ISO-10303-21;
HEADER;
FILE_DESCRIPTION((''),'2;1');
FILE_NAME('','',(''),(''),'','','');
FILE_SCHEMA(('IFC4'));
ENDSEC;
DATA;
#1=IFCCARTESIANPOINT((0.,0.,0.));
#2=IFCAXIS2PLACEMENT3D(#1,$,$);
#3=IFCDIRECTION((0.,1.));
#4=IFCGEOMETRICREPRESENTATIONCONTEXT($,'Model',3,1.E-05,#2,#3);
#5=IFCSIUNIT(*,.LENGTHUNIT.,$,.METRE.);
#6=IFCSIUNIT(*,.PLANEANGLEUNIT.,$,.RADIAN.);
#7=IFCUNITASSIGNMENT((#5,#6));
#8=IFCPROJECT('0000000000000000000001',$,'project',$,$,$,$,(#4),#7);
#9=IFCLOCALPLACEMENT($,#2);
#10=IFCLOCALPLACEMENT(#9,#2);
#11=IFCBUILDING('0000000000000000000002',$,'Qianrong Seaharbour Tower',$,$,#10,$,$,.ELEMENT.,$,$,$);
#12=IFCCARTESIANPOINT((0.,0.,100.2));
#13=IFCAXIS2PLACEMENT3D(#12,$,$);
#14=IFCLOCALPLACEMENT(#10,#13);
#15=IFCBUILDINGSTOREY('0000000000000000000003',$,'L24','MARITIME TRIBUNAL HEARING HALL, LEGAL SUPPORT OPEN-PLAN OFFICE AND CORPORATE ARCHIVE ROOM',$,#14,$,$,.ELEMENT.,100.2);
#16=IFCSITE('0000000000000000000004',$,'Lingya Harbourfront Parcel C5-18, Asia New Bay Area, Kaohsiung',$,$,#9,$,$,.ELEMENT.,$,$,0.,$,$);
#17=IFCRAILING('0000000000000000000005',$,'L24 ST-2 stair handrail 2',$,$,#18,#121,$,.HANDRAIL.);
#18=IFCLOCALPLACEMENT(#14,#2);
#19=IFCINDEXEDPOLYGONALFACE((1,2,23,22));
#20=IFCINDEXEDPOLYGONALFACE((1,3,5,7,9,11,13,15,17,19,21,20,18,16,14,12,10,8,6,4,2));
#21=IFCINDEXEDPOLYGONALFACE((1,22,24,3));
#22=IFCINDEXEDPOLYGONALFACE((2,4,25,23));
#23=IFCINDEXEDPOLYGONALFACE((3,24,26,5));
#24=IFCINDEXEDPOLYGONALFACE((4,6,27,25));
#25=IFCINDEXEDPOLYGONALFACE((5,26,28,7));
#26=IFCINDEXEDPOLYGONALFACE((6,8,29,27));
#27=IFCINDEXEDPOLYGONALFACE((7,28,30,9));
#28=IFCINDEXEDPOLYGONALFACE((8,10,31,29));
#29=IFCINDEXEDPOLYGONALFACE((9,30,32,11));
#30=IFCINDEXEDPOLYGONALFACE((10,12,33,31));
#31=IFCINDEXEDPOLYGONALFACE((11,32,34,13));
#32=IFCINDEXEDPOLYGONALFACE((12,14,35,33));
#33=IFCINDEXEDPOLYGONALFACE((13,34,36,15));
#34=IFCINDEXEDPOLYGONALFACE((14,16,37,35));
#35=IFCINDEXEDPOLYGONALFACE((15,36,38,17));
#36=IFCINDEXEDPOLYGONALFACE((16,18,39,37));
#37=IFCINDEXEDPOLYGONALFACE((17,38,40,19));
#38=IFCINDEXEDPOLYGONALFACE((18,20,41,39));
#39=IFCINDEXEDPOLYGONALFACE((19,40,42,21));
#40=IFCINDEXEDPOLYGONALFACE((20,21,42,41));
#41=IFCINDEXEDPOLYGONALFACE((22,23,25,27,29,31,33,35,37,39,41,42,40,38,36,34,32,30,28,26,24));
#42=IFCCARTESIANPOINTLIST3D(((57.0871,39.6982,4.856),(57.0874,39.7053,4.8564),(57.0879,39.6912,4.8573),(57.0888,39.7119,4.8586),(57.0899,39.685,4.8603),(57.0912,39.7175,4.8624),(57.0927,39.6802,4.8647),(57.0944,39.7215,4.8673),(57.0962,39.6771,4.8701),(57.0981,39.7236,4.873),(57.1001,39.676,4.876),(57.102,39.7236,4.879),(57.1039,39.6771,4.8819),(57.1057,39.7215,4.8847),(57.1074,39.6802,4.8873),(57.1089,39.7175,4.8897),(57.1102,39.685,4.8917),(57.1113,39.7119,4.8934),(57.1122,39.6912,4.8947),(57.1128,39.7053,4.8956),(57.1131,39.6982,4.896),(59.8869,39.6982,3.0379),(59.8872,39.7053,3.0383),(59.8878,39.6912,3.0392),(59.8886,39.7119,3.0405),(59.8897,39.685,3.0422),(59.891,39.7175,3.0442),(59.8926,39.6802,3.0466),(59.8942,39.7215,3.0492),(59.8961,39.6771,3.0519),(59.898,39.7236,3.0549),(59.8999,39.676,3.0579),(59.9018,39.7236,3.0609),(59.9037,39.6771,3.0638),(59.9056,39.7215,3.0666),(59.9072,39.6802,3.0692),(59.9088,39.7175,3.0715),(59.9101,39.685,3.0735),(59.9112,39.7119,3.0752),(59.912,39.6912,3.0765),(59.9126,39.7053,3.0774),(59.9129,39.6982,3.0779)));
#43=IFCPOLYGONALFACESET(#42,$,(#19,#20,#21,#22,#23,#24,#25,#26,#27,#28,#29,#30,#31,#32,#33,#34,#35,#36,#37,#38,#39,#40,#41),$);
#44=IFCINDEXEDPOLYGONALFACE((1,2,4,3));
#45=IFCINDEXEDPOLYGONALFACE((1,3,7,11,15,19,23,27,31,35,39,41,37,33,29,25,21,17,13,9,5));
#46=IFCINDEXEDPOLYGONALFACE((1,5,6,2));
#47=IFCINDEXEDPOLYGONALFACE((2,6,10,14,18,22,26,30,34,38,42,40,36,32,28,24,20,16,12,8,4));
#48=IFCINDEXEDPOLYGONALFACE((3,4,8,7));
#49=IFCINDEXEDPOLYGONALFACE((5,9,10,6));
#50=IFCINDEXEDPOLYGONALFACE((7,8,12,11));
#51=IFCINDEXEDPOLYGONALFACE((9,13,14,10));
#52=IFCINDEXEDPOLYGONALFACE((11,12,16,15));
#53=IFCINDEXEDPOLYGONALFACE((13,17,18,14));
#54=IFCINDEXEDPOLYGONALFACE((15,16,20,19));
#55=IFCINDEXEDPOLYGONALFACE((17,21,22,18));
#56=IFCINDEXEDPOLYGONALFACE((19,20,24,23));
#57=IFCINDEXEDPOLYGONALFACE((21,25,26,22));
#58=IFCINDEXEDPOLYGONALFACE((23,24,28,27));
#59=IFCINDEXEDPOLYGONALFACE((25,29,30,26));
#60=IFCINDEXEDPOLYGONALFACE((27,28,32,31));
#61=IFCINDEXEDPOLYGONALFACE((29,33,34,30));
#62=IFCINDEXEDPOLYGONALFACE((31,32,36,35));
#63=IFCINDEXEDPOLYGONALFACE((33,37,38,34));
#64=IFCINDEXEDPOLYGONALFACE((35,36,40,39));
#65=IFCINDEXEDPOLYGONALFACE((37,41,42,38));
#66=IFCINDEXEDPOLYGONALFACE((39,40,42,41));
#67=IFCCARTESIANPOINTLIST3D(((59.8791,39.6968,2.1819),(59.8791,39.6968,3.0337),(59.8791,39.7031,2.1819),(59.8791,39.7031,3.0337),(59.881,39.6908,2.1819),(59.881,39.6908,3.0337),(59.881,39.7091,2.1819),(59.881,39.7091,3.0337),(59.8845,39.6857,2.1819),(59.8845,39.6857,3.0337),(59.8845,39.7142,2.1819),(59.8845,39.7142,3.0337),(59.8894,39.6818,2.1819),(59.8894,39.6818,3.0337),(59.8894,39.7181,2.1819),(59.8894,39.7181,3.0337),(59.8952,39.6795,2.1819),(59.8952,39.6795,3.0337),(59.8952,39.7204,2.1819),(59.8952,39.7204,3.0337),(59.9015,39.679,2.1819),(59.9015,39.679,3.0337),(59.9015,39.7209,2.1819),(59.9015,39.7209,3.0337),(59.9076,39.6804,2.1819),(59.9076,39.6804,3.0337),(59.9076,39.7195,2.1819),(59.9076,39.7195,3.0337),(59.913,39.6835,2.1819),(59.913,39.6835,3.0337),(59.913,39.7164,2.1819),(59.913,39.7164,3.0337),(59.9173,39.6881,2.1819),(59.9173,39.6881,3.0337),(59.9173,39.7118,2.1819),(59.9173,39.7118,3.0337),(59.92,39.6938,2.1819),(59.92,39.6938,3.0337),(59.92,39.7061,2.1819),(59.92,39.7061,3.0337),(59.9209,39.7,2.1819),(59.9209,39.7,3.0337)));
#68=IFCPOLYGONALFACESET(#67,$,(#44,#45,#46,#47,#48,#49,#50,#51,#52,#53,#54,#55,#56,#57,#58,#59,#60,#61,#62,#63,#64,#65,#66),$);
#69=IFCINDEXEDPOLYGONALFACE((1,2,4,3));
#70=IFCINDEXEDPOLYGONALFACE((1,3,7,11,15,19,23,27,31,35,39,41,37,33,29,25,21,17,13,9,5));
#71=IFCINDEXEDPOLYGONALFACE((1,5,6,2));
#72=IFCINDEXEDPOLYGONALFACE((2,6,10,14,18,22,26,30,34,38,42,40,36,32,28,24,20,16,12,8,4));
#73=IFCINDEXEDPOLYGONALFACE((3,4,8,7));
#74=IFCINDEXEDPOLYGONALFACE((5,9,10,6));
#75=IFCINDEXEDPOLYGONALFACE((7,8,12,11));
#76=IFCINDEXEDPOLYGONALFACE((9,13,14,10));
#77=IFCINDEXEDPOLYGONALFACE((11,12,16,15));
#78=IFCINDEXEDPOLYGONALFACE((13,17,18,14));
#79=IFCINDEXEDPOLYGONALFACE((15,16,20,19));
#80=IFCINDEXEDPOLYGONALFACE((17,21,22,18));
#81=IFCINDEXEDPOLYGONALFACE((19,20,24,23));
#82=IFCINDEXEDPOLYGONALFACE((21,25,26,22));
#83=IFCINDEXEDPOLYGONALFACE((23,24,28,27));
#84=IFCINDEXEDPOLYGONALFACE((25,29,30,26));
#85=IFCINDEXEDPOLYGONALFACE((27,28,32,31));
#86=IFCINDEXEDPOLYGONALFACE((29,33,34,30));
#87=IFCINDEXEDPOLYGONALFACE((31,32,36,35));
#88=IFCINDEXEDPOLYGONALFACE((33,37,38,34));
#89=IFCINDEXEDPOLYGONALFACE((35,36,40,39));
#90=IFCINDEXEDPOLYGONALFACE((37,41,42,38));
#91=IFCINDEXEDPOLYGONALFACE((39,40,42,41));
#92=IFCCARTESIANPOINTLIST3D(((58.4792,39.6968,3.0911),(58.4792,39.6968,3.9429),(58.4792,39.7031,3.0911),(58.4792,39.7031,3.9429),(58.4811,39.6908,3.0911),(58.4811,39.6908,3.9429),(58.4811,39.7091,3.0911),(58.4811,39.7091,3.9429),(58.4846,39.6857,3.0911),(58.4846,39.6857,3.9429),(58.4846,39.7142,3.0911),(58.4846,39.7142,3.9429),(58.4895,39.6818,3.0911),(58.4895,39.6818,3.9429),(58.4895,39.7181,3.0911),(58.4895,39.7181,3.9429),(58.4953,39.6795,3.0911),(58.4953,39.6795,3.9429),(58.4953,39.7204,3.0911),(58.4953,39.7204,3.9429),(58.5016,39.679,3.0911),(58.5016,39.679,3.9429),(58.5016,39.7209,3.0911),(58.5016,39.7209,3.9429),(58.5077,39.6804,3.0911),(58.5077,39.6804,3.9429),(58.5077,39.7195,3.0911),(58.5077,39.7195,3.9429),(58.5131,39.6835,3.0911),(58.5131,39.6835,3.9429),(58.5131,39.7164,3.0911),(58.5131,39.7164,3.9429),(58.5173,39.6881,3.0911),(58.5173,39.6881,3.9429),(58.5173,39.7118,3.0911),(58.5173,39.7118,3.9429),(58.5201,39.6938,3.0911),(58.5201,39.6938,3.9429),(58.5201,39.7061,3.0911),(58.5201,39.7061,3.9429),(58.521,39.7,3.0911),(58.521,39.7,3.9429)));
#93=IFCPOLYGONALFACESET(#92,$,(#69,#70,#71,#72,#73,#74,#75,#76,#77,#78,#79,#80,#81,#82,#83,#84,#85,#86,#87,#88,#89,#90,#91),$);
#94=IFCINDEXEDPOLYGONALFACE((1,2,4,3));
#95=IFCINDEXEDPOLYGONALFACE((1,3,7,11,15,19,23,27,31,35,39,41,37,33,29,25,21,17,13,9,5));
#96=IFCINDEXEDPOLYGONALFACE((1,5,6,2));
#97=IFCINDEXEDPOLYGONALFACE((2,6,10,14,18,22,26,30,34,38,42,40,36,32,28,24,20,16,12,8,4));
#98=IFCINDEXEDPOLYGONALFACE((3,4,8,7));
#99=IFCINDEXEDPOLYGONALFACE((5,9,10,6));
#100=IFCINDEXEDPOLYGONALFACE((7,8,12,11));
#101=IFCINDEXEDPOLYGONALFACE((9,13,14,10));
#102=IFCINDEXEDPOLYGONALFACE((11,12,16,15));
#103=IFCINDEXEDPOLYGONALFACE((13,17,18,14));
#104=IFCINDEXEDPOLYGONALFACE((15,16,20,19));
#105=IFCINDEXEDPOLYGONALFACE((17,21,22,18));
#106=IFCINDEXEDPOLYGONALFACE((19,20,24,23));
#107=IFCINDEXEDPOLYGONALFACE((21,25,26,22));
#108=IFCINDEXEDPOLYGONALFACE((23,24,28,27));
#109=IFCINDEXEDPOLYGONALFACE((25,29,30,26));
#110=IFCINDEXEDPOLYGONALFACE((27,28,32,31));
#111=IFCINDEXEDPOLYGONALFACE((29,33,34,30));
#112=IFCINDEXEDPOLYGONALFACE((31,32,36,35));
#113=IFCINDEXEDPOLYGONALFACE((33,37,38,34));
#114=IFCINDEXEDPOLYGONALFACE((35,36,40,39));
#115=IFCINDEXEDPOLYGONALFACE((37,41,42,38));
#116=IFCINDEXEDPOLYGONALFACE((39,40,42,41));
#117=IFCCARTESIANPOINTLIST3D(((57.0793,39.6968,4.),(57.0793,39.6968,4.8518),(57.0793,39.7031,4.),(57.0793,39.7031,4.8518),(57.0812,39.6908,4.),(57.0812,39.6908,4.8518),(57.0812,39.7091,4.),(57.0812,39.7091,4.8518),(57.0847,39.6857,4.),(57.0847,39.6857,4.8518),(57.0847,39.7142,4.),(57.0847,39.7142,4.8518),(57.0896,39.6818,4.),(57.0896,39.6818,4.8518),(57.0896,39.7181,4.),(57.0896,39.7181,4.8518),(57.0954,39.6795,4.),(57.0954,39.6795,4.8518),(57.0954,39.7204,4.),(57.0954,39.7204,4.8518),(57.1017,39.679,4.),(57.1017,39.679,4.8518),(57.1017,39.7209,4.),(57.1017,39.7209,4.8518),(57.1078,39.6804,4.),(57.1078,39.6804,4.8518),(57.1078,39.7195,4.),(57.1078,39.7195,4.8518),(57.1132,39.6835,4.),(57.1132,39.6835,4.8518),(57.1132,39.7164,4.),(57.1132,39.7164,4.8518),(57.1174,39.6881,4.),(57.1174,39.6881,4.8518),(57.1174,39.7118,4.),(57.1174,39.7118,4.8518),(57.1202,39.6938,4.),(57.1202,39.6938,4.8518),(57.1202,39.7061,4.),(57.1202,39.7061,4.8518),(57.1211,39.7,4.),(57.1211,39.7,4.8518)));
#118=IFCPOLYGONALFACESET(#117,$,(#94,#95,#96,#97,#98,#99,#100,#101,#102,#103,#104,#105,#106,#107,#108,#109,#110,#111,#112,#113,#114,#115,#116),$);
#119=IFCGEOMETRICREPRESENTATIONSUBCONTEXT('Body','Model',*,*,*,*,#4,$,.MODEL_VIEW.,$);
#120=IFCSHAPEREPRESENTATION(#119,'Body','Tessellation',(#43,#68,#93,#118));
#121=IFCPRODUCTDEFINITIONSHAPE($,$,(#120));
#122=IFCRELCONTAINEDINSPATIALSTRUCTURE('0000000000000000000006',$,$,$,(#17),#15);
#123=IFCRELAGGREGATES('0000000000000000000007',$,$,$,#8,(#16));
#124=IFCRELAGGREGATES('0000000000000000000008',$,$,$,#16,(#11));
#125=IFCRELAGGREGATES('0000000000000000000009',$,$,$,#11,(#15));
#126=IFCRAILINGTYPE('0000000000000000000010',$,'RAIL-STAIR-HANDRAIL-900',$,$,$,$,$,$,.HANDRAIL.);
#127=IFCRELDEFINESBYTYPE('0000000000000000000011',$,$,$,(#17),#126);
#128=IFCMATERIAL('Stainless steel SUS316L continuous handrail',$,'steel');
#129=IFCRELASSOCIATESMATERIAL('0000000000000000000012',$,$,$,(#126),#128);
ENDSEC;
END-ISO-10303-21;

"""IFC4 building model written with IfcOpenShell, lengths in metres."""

from ifc_helpers import new_model, si_unit, direction, frame, origin, origin_2d, place, context, subcontext, project, spatial, circle, extrude, material, type_object, element, save


model = new_model("IFC4")

# Units and contexts
model_context = context("Model", 3, precision=1e-05, world=origin(), true_north=direction((0.0, 1.0)))
body_context = subcontext(model_context, "Body", "Model", "MODEL_VIEW")
ifc_project = project(units=[si_unit("LENGTHUNIT", "METRE"), si_unit("PLANEANGLEUNIT", "RADIAN")], contexts=[model_context])

# Site, building, storey
site_placement = place(None, origin())
site = spatial("IfcSite", under=ifc_project, at=site_placement, Name="Lingya Harbourfront Parcel C5-18, Asia New Bay Area, Kaohsiung", CompositionType="ELEMENT", RefElevation=0.0)
building_placement = place(site_placement, origin())
building = spatial("IfcBuilding", under=site, at=building_placement, Name="Qianrong Seaharbour Tower", CompositionType="ELEMENT")
storey_placement = place(building_placement, frame((0.0, 0.0, 100.2)))
storey = spatial("IfcBuildingStorey", under=building, at=storey_placement, Name="L24", Description="MARITIME TRIBUNAL HEARING HALL, LEGAL SUPPORT OPEN-PLAN OFFICE AND CORPORATE ARCHIVE ROOM", CompositionType="ELEMENT", Elevation=100.2)

# Railing
ifc_material_1 = material(Name="Stainless steel SUS316L continuous handrail", Category="steel")
railing_type_1 = type_object("IfcRailingType", Name="RAIL-STAIR-HANDRAIL-900", PredefinedType="HANDRAIL", material=ifc_material_1)
railing_1_placement = place(storey_placement, frame((59.8999, 39.7, 2.1819)))
element("IfcRailing", 1, at=railing_1_placement, inside=storey, type_object=railing_type_1, Name="L24 ST-2 stair handrail 2", PredefinedType="HANDRAIL", context=body_context, shape_type="SweptSolid", body=[
    extrude(circle(Radius=0.0239, at=origin_2d()), frame((0.0, 0.0, 0.876), z_axis=(-0.838684, 0.0, 0.544618), x_axis=(0.0, -1.0, 0.0)), (0.0, 0.0, 1.0), 3.3384),
    extrude(circle(Radius=0.021, at=origin_2d()), origin(), (0.0, 0.0, 1.0), 0.8518),
    extrude(circle(Radius=0.021, at=origin_2d()), frame((-1.3999, 0.0, 0.9092)), (0.0, 0.0, 1.0), 0.8518),
    extrude(circle(Radius=0.021, at=origin_2d()), frame((-2.7998, 0.0, 1.8181)), (0.0, 0.0, 1.0), 0.8518),
])

save(model, "model.ifc")
